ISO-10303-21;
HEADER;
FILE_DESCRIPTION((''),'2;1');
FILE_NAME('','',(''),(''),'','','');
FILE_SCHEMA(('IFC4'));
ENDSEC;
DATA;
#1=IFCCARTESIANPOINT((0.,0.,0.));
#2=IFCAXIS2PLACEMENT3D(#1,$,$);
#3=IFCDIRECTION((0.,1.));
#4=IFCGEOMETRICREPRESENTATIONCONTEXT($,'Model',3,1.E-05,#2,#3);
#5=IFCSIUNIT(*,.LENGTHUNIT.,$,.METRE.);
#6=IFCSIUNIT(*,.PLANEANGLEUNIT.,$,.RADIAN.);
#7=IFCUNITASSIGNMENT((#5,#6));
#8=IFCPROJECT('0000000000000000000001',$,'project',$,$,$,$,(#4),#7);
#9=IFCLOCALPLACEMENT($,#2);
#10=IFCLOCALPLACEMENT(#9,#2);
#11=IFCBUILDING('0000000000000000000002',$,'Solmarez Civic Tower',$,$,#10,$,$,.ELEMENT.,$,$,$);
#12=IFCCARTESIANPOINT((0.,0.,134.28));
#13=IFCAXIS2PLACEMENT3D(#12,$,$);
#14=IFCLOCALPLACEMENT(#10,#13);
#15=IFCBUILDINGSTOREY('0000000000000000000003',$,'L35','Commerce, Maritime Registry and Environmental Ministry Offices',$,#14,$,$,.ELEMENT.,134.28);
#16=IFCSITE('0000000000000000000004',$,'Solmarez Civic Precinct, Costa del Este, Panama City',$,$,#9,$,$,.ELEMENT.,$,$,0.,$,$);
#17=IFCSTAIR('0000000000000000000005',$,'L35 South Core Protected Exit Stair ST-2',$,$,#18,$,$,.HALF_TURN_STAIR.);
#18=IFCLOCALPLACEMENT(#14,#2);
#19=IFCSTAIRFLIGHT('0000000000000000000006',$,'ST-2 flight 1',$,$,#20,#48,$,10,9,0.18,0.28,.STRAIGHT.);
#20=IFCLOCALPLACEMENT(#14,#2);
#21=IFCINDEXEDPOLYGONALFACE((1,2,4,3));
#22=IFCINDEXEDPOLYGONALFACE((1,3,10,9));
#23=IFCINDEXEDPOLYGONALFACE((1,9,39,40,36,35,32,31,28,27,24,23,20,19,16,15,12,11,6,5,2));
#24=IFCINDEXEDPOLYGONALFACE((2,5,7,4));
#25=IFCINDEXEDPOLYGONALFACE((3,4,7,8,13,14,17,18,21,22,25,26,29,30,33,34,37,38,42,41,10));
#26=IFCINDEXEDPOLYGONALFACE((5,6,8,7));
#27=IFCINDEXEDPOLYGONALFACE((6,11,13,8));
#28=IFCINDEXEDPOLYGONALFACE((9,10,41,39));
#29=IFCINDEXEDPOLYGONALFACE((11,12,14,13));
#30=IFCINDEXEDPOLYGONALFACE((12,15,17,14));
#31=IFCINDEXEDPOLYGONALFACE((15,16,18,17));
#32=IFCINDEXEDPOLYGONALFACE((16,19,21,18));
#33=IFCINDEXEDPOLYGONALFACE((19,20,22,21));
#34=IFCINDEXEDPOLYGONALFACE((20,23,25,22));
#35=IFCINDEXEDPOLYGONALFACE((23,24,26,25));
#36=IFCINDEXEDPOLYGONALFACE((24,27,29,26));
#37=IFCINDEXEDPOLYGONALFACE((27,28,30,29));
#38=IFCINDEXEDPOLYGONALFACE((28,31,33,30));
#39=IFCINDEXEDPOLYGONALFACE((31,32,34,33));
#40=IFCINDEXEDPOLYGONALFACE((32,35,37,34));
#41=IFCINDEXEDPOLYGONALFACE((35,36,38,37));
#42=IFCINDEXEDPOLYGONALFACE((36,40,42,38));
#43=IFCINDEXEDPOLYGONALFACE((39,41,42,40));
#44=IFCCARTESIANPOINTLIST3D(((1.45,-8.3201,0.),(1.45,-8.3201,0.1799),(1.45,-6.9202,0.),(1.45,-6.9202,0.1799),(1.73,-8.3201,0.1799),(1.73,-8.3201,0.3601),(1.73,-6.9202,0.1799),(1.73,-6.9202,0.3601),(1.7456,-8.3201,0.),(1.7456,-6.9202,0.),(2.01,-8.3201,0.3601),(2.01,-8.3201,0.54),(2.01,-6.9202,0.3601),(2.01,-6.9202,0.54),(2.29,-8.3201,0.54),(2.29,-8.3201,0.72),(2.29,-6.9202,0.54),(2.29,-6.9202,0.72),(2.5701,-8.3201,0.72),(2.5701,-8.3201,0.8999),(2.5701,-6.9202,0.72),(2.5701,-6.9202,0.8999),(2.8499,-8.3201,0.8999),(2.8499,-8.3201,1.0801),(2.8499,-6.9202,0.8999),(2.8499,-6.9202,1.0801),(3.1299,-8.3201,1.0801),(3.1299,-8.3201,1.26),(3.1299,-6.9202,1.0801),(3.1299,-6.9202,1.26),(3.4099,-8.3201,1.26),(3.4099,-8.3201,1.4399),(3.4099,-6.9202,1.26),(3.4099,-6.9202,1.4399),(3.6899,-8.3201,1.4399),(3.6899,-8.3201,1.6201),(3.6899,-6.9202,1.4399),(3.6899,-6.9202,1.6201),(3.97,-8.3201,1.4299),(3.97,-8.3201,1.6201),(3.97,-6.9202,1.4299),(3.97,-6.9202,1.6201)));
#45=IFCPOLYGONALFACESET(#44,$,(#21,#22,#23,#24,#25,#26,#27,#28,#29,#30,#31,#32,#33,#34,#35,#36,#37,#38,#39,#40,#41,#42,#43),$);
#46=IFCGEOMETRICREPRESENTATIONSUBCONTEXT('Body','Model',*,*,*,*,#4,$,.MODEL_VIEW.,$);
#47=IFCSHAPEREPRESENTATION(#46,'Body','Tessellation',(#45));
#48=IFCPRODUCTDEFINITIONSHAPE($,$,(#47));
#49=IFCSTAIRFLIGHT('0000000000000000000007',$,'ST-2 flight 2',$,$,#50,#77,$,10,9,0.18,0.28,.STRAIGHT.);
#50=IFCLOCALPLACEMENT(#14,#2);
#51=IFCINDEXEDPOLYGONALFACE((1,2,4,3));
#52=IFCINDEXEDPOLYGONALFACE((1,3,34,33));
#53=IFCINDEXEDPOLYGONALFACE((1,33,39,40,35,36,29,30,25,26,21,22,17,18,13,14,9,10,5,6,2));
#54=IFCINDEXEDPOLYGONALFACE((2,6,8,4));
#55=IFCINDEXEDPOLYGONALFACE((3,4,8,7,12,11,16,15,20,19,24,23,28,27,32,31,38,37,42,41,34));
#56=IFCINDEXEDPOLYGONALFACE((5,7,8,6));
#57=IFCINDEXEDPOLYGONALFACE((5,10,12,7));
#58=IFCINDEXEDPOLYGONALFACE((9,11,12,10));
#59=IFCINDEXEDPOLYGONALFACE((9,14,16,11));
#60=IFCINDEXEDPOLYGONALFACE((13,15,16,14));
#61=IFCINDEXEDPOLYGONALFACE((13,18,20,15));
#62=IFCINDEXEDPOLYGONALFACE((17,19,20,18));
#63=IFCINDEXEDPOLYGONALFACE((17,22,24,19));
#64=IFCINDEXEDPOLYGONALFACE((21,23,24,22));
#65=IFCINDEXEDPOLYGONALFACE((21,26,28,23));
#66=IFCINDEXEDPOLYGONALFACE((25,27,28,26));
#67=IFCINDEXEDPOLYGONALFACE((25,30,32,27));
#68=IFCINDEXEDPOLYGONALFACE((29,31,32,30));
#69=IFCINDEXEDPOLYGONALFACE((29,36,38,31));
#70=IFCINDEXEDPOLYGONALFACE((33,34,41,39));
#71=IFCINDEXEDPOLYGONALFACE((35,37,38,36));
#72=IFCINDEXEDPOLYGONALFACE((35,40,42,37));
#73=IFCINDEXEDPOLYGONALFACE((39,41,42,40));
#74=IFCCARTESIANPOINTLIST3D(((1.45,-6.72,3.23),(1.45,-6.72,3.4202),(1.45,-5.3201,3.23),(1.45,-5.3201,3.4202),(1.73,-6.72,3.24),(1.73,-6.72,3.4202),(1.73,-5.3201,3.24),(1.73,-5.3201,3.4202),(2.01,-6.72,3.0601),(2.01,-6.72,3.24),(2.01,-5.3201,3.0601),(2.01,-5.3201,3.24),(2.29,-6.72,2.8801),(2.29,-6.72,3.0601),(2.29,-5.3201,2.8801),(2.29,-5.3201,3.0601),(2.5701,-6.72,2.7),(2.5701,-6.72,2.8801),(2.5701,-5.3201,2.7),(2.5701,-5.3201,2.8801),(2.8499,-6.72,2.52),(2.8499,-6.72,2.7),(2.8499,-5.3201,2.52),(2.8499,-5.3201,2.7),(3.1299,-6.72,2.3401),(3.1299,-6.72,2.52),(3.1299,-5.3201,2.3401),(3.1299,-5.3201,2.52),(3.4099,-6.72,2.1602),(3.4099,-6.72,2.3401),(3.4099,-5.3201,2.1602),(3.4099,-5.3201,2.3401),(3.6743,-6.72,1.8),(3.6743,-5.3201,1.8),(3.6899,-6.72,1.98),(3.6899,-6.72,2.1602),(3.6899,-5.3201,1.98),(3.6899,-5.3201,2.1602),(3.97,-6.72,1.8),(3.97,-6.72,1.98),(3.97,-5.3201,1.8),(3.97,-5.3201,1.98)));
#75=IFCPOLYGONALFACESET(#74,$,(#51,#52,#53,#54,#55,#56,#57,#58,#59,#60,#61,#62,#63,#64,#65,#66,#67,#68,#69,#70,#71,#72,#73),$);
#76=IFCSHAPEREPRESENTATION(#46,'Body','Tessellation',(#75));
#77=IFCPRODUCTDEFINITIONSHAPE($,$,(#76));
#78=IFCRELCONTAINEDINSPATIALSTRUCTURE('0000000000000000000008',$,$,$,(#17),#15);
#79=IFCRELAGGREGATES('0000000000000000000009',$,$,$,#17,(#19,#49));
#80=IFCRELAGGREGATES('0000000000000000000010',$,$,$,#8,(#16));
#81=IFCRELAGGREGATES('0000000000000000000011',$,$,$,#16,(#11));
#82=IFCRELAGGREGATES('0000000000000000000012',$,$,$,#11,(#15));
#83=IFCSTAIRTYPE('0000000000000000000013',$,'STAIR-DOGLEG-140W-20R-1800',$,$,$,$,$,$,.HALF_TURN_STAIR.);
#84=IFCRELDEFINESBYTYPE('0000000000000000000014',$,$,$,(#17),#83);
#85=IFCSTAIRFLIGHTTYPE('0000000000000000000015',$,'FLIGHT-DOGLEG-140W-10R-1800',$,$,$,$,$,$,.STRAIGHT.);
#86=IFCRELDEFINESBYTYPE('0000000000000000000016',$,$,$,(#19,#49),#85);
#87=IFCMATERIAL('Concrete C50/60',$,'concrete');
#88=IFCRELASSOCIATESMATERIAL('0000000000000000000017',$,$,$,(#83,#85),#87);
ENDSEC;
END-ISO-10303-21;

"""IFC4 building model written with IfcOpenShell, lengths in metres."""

from ifc_helpers import new_model, si_unit, direction, frame, origin, place, context, subcontext, project, spatial, polyline, outline, extrude, material, type_object, element, aggregate, save


model = new_model("IFC4")

# Units and contexts
model_context = context("Model", 3, precision=1e-05, world=origin(), true_north=direction((0.0, 1.0)))
body_context = subcontext(model_context, "Body", "Model", "MODEL_VIEW")
ifc_project = project(units=[si_unit("LENGTHUNIT", "METRE"), si_unit("PLANEANGLEUNIT", "RADIAN")], contexts=[model_context])

# Site, building, storey
site_placement = place(None, origin())
site = spatial("IfcSite", under=ifc_project, at=site_placement, Name="Solmarez Civic Precinct, Costa del Este, Panama City", CompositionType="ELEMENT", RefElevation=0.0)
building_placement = place(site_placement, origin())
building = spatial("IfcBuilding", under=site, at=building_placement, Name="Solmarez Civic Tower", CompositionType="ELEMENT")
storey_placement = place(building_placement, frame((0.0, 0.0, 134.28)))
storey = spatial("IfcBuildingStorey", under=building, at=storey_placement, Name="L35", Description="Commerce, Maritime Registry and Environmental Ministry Offices", CompositionType="ELEMENT", Elevation=134.28)

# Shared definitions
ifc_material_1 = material(Name="Concrete C50/60", Category="concrete")

# Stair
stair_type = type_object("IfcStairType", Name="STAIR-DOGLEG-140W-20R-1800", PredefinedType="HALF_TURN_STAIR", material=ifc_material_1)
stair_1_placement = place(storey_placement, origin())
stair_1 = element("IfcStair", 1, at=stair_1_placement, inside=storey, type_object=stair_type, Name="L35 South Core Protected Exit Stair ST-2", PredefinedType="HALF_TURN_STAIR")

# Stair flights
stair_flight_type = type_object("IfcStairFlightType", Name="FLIGHT-DOGLEG-140W-10R-1800", PredefinedType="STRAIGHT", material=ifc_material_1)
stair_flight_1_placement = place(storey_placement, frame((1.45, -7.6201, 0.0), z_axis=(0.0, 0.0, 1.0), x_axis=(1.0, 0.0, 0.0)))
stair_flight_1 = element("IfcStairFlight", 2, at=stair_flight_1_placement, type_object=stair_flight_type, Name="ST-2 flight 1", NumberOfRisers=10, NumberOfTreads=9, PredefinedType="STRAIGHT", RiserHeight=0.18, TreadLength=0.28, context=body_context, shape_type="SweptSolid", body=[
    extrude(outline(polyline([(0.0, 0.0), (0.0, 0.1799), (0.28, 0.1799), (0.28, 0.3601), (0.5601, 0.3601), (0.5601, 0.54), (0.8401, 0.54), (0.8401, 0.72), (1.1201, 0.72), (1.1201, 0.8999), (1.3999, 0.8999), (1.3999, 1.0801), (1.6799, 1.0801), (1.6799, 1.26), (1.96, 1.26), (1.96, 1.4399), (2.24, 1.4399), (2.24, 1.6201), (2.52, 1.6201), (2.52, 1.8), (2.52, 1.4299), (0.2957, 0.0), (0.0, 0.0)])), frame((0.0, 0.7, 0.0), z_axis=(0.0, -1.0, 0.0), x_axis=(1.0, 0.0, 0.0)), (0.0, 0.0, 1.0), 1.3999),
])
stair_flight_2_placement = place(storey_placement, frame((3.97, -6.02, 1.8), z_axis=(0.0, 0.0, 1.0), x_axis=(-1.0, 0.0, 0.0)))
stair_flight_2 = element("IfcStairFlight", 3, at=stair_flight_2_placement, type_object=stair_flight_type, Name="ST-2 flight 2", NumberOfRisers=10, NumberOfTreads=9, PredefinedType="STRAIGHT", RiserHeight=0.18, TreadLength=0.28, context=body_context, shape_type="SweptSolid", body=[
    extrude(outline(polyline([(0.0, 0.0), (0.0, 0.1799), (0.28, 0.1799), (0.28, 0.3601), (0.5601, 0.3601), (0.5601, 0.54), (0.8401, 0.54), (0.8401, 0.72), (1.1201, 0.72), (1.1201, 0.8999), (1.3999, 0.8999), (1.3999, 1.0801), (1.6799, 1.0801), (1.6799, 1.26), (1.96, 1.26), (1.96, 1.4399), (2.24, 1.4399), (2.24, 1.6201), (2.52, 1.6201), (2.52, 1.8), (2.52, 1.4299), (0.2957, 0.0), (0.0, 0.0)])), frame((0.0, 0.7, 0.0), z_axis=(0.0, -1.0, 0.0), x_axis=(1.0, 0.0, 0.0)), (0.0, 0.0, 1.0), 1.3999),
])
aggregate(stair_1, [stair_flight_1, stair_flight_2])

save(model, "model.ifc")
